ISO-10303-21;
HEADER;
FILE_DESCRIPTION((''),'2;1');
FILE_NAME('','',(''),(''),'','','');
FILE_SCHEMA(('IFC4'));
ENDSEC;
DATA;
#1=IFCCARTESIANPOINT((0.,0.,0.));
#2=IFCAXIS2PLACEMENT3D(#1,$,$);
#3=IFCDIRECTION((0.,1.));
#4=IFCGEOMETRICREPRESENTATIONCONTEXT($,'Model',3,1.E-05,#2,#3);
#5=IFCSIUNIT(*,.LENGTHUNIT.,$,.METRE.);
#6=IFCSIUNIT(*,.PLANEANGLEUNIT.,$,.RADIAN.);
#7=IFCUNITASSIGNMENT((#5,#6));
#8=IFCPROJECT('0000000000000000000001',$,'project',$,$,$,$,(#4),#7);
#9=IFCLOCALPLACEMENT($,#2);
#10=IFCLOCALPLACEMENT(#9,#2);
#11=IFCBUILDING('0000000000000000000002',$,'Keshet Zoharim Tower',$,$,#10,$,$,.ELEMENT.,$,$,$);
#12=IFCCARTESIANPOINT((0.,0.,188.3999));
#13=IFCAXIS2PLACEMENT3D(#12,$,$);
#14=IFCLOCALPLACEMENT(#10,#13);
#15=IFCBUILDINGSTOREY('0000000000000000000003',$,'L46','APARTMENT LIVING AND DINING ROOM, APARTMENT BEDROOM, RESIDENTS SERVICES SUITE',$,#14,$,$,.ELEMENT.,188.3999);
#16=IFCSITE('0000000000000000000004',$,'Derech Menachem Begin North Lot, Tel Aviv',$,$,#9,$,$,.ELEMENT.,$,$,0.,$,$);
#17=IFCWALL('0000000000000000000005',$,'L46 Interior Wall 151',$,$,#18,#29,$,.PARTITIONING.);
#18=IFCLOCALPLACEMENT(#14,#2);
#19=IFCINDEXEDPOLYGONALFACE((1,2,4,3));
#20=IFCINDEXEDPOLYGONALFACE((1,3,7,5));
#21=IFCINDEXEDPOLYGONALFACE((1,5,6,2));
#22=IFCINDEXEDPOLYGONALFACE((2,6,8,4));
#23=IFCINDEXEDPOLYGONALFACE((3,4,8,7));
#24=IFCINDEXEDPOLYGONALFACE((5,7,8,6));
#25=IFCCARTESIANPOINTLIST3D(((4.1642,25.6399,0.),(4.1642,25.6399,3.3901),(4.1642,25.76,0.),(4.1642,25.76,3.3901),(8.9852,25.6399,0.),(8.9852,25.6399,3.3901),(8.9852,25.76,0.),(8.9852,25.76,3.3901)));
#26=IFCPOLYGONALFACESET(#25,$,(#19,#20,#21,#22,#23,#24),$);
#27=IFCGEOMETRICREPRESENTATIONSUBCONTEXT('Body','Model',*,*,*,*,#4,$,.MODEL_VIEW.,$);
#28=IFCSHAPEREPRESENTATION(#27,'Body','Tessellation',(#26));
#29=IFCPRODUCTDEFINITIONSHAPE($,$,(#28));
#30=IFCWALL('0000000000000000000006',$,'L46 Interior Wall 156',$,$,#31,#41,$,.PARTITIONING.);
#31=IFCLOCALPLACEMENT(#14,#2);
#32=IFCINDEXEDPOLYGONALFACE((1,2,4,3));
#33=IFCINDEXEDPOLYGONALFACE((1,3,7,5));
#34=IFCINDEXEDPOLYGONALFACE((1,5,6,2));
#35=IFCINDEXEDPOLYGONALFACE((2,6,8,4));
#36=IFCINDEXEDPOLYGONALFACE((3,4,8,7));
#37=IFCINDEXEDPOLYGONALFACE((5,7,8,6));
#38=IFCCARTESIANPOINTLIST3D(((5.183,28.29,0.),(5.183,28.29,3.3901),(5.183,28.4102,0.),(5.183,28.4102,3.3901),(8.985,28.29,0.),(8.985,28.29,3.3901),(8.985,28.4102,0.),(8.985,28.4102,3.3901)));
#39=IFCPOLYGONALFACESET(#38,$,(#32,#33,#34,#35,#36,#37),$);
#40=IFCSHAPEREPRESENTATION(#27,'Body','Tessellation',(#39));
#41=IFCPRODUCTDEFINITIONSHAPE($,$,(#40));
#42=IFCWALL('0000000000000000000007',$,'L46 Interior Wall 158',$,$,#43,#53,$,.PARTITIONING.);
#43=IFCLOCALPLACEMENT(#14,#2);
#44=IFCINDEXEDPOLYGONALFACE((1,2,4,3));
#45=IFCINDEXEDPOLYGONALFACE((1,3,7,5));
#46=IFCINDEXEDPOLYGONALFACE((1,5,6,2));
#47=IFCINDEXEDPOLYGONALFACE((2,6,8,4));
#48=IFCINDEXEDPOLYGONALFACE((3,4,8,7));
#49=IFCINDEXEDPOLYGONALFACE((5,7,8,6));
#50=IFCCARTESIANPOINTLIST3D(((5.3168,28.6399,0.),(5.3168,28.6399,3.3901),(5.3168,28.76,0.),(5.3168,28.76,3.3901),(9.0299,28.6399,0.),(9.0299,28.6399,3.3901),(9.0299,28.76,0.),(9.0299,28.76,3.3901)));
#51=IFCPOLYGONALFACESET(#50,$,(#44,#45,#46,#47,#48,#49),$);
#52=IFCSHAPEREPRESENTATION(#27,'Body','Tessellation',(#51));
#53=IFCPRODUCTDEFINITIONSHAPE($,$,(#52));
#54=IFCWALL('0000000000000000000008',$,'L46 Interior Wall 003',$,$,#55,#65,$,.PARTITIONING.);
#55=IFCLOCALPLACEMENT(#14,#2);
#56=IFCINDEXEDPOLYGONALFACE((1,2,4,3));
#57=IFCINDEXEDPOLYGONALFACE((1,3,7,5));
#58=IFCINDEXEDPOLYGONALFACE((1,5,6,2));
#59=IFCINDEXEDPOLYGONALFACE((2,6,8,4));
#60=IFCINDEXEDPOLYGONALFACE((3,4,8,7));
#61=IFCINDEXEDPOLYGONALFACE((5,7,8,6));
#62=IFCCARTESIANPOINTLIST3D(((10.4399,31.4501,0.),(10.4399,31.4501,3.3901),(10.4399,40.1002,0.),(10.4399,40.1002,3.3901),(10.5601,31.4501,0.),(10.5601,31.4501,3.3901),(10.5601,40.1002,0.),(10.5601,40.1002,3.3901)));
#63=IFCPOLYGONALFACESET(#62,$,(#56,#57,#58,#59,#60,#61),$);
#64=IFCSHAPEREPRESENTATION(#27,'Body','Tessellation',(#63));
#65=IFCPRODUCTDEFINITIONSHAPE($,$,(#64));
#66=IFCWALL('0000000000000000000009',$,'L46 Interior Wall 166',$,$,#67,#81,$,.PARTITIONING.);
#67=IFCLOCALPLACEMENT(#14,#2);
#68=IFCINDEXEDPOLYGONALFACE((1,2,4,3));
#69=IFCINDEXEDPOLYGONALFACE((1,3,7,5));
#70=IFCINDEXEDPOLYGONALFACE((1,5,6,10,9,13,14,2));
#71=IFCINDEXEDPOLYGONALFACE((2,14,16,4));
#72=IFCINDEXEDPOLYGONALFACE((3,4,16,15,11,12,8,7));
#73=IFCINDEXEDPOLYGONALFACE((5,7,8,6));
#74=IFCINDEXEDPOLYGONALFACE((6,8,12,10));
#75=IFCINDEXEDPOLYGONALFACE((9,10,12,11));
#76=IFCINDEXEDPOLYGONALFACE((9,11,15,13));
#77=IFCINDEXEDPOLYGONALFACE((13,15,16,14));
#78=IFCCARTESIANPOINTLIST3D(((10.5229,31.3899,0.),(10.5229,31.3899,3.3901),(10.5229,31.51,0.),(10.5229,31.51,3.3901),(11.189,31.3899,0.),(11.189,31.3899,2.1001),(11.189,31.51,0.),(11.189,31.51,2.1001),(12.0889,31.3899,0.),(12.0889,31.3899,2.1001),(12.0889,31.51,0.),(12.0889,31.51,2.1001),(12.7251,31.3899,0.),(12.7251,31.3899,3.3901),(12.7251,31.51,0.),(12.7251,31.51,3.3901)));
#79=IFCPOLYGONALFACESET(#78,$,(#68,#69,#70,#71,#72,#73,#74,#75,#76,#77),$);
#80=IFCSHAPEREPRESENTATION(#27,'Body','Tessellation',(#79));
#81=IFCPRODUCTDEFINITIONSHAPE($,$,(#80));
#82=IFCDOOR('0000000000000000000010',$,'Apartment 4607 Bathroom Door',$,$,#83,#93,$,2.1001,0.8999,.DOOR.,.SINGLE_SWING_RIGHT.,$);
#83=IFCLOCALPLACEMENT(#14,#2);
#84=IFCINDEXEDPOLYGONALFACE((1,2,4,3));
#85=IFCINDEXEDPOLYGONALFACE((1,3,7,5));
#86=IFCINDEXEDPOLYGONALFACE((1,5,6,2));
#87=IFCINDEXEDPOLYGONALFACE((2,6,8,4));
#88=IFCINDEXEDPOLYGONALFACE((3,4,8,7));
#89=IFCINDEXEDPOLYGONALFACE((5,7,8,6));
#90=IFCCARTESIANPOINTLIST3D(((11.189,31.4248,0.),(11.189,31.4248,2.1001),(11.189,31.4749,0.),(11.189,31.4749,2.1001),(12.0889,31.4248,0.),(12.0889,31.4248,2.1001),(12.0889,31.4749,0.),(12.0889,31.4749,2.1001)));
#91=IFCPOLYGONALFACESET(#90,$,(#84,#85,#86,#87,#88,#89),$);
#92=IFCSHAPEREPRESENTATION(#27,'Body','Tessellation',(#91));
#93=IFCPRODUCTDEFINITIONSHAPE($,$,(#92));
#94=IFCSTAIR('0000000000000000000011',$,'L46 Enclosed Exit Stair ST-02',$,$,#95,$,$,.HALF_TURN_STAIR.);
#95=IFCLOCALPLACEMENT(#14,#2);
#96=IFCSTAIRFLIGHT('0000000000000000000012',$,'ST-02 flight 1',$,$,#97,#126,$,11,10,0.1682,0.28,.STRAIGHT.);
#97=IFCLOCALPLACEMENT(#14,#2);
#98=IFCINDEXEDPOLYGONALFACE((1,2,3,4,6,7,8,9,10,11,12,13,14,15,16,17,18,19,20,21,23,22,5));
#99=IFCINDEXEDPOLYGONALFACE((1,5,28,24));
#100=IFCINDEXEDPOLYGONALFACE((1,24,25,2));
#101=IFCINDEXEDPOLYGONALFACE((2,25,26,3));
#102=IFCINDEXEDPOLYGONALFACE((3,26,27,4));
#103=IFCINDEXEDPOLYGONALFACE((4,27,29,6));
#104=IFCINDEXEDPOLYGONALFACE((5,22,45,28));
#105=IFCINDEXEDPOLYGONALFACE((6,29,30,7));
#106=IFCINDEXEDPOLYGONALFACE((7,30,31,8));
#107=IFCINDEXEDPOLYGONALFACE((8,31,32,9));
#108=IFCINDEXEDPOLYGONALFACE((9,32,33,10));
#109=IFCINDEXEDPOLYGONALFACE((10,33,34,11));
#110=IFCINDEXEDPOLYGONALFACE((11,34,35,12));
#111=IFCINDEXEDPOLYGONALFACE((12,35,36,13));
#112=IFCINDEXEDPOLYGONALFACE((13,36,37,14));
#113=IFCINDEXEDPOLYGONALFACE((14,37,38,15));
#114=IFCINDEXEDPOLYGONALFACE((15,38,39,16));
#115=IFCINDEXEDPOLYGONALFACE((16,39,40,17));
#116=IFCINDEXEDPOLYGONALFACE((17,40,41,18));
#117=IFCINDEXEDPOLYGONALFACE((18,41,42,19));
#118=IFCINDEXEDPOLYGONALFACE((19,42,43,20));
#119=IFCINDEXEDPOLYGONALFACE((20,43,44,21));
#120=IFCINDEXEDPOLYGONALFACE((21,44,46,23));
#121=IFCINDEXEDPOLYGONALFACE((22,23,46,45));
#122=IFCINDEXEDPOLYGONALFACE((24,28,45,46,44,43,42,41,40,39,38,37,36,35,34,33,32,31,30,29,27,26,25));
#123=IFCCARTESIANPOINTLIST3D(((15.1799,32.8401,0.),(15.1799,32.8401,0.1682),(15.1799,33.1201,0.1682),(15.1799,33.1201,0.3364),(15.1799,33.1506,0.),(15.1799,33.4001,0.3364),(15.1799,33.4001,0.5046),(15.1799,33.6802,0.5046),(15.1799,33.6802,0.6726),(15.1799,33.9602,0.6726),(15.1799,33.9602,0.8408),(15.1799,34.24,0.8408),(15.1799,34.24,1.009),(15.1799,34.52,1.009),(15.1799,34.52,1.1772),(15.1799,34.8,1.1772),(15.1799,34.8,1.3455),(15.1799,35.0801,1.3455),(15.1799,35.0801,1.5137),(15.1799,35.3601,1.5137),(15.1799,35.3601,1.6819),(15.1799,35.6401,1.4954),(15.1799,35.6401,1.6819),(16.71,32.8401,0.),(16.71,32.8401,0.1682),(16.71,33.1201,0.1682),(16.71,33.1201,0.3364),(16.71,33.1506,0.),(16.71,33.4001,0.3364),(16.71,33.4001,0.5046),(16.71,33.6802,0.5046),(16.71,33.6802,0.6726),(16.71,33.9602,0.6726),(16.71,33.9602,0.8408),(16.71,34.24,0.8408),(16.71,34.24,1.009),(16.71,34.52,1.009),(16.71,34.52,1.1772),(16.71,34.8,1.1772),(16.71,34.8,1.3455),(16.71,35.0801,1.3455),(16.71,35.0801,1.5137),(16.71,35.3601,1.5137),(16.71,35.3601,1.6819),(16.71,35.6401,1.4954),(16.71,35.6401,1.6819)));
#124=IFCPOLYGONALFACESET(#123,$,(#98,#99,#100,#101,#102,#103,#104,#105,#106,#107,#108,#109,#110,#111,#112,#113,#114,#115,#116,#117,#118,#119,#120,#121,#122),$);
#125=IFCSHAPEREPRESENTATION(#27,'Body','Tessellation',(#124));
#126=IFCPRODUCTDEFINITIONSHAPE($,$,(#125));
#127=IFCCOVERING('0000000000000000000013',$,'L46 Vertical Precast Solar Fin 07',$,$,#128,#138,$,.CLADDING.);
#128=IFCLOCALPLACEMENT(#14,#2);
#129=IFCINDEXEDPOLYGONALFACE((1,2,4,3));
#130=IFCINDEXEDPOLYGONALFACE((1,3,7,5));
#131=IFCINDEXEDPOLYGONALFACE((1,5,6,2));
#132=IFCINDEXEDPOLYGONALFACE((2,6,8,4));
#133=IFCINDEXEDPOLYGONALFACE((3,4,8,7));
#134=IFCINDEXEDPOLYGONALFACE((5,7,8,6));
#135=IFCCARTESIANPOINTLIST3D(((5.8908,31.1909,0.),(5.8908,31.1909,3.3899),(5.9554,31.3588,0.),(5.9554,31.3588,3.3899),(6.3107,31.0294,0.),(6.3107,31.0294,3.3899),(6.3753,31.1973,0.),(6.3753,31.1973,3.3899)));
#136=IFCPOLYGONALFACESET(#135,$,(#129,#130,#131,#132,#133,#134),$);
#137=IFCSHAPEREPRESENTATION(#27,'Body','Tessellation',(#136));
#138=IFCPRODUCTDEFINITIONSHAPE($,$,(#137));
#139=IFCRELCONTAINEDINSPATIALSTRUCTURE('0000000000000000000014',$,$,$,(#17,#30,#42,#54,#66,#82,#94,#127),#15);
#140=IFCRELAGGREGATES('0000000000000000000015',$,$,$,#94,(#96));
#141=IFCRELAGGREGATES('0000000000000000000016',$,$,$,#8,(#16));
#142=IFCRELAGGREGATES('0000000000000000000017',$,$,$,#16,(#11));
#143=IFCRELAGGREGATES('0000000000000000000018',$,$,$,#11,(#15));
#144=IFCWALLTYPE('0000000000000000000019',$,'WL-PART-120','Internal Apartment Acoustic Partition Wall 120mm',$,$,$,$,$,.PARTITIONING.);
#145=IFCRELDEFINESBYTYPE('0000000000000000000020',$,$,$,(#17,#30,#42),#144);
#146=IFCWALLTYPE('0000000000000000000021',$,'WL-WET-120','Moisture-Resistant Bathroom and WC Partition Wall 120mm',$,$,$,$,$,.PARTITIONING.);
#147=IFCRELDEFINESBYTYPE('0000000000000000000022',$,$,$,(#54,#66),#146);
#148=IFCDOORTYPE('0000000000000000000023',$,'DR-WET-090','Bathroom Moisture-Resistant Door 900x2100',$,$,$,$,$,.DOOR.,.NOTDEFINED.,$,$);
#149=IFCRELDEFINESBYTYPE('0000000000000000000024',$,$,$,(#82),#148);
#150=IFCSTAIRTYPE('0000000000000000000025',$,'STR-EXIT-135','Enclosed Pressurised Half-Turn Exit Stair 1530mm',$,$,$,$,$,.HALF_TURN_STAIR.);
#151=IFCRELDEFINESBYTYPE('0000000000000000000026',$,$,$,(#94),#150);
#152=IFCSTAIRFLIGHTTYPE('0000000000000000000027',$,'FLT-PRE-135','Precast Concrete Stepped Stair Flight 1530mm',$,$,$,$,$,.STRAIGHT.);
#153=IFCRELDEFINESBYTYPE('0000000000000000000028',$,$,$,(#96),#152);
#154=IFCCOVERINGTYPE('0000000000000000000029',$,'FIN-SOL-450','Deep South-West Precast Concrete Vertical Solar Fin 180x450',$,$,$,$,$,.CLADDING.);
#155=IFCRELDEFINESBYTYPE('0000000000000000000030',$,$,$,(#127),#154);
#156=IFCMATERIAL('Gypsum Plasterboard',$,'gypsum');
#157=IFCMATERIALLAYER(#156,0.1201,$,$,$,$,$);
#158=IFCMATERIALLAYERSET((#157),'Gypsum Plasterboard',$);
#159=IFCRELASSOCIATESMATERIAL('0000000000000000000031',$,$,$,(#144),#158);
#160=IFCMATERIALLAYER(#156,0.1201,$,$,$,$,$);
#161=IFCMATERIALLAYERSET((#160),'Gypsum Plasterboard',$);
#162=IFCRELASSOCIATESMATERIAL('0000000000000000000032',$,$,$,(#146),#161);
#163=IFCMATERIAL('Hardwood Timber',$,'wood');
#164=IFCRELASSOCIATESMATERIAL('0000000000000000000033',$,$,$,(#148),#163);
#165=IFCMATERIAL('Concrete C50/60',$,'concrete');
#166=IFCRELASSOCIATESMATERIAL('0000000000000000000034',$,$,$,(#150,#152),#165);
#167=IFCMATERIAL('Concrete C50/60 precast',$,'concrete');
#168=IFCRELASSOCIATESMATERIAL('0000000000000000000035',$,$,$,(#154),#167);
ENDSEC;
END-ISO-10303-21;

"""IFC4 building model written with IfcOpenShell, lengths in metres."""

from ifc_helpers import new_model, si_unit, direction, frame, frame_2d, origin, origin_2d, place, context, subcontext, project, spatial, polyline, rectangle, outline, extrude, material, layer, layer_set, type_object, element, fill, aggregate, save


model = new_model("IFC4")

# Units and contexts
model_context = context("Model", 3, precision=1e-05, world=origin(), true_north=direction((0.0, 1.0)))
body_context = subcontext(model_context, "Body", "Model", "MODEL_VIEW")
ifc_project = project(units=[si_unit("LENGTHUNIT", "METRE"), si_unit("PLANEANGLEUNIT", "RADIAN")], contexts=[model_context])

# Site, building, storey
site_placement = place(None, origin())
site = spatial("IfcSite", under=ifc_project, at=site_placement, Name="Derech Menachem Begin North Lot, Tel Aviv", CompositionType="ELEMENT", RefElevation=0.0)
building_placement = place(site_placement, origin())
building = spatial("IfcBuilding", under=site, at=building_placement, Name="Keshet Zoharim Tower", CompositionType="ELEMENT")
storey_placement = place(building_placement, frame((0.0, 0.0, 188.3999)))
storey = spatial("IfcBuildingStorey", under=building, at=storey_placement, Name="L46", Description="APARTMENT LIVING AND DINING ROOM, APARTMENT BEDROOM, RESIDENTS SERVICES SUITE", CompositionType="ELEMENT", Elevation=188.3999)

# Shared definitions
ifc_material_1 = material(Name="Hardwood Timber", Category="wood")

# Shared definitions
ifc_material_2 = material(Name="Gypsum Plasterboard", Category="gypsum")

# Shared definitions
ifc_layer_1 = layer(ifc_material_2, 0.1201)
ifc_layer_set_1 = layer_set([ifc_layer_1], Name="Gypsum Plasterboard")
wall_type_1 = type_object("IfcWallType", Name="WL-PART-120", Description="Internal Apartment Acoustic Partition Wall 120mm", PredefinedType="PARTITIONING", material=ifc_layer_set_1)

# Walls
wall_1_placement = place(storey_placement, frame((4.1641, 25.7, 0.0), z_axis=(0.0, 0.0, 1.0), x_axis=(1.0, 0.0, 0.0)))
element("IfcWall", 1, at=wall_1_placement, inside=storey, type_object=wall_type_1, Name="L46 Interior Wall 151", PredefinedType="PARTITIONING", context=body_context, shape_type="SweptSolid", body=[
    extrude(rectangle(XDim=4.821, YDim=0.1201, at=frame_2d((2.4106, 0.0))), origin(), (0.0, 0.0, 1.0), 3.3901),
])
wall_2_placement = place(storey_placement, frame((5.1831, 28.3501, 0.0), z_axis=(0.0, 0.0, 1.0), x_axis=(1.0, 0.0, 0.0)))
element("IfcWall", 2, at=wall_2_placement, inside=storey, type_object=wall_type_1, Name="L46 Interior Wall 156", PredefinedType="PARTITIONING", context=body_context, shape_type="SweptSolid", body=[
    extrude(rectangle(XDim=3.802, YDim=0.1201, at=frame_2d((1.9009, 0.0))), origin(), (0.0, 0.0, 1.0), 3.3901),
])
wall_3_placement = place(storey_placement, frame((5.3169, 28.7, 0.0), z_axis=(0.0, 0.0, 1.0), x_axis=(1.0, 0.0, 0.0)))
element("IfcWall", 3, at=wall_3_placement, inside=storey, type_object=wall_type_1, Name="L46 Interior Wall 158", PredefinedType="PARTITIONING", context=body_context, shape_type="SweptSolid", body=[
    extrude(rectangle(XDim=3.7131, YDim=0.1201, at=frame_2d((1.8564, 0.0))), origin(), (0.0, 0.0, 1.0), 3.3901),
])

# Wall
ifc_layer_2 = layer(ifc_material_2, 0.1201)
ifc_layer_set_2 = layer_set([ifc_layer_2], Name="Gypsum Plasterboard")
wall_type_2 = type_object("IfcWallType", Name="WL-WET-120", Description="Moisture-Resistant Bathroom and WC Partition Wall 120mm", PredefinedType="PARTITIONING", material=ifc_layer_set_2)
wall_4_placement = place(storey_placement, frame((10.5, 31.45, 0.0), z_axis=(0.0, 0.0, 1.0), x_axis=(0.0, 1.0, 0.0)))
element("IfcWall", 4, at=wall_4_placement, inside=storey, type_object=wall_type_2, Name="L46 Interior Wall 003", PredefinedType="PARTITIONING", context=body_context, shape_type="SweptSolid", body=[
    extrude(rectangle(XDim=8.6501, YDim=0.1201, at=frame_2d((4.3252, 0.0))), origin(), (0.0, 0.0, 1.0), 3.3901),
])

# Wall, opening, door
wall_5_placement = place(storey_placement, frame((10.5229, 31.45, 0.0), z_axis=(0.0, 0.0, 1.0), x_axis=(1.0, 0.0, 0.0)))
wall_5 = element("IfcWall", 5, at=wall_5_placement, inside=storey, type_object=wall_type_2, Name="L46 Interior Wall 166", PredefinedType="PARTITIONING", context=body_context, shape_type="SweptSolid", body=[
    extrude(rectangle(XDim=2.2021, YDim=0.1201, at=frame_2d((1.1011, 0.0))), origin(), (0.0, 0.0, 1.0), 3.3901),
])
opening_1_placement = place(wall_5_placement, frame((0.666, 0.0, 0.0)))
opening_1 = element("IfcOpeningElement", 6, at=opening_1_placement, cuts=wall_5, PredefinedType="OPENING", context=body_context, shape_type="SweptSolid", body=[
    extrude(rectangle(XDim=0.8999, YDim=2.1001, at=frame_2d((0.45, 1.05))), frame((0.0, 0.0701, 0.0), z_axis=(0.0, -1.0, 0.0), x_axis=(1.0, 0.0, 0.0)), (0.0, 0.0, 1.0), 0.1401),
])
door_type_1 = type_object("IfcDoorType", Name="DR-WET-090", Description="Bathroom Moisture-Resistant Door 900x2100", OperationType="NOTDEFINED", PredefinedType="DOOR", material=ifc_material_1)
door_1_placement = place(opening_1_placement, origin())
door_1 = element("IfcDoor", 7, at=door_1_placement, inside=storey, type_object=door_type_1, Name="Apartment 4607 Bathroom Door", OperationType="SINGLE_SWING_RIGHT", OverallHeight=2.1001, OverallWidth=0.8999, PredefinedType="DOOR", context=body_context, shape_type="SweptSolid", body=[
    extrude(rectangle(XDim=0.8999, YDim=2.1001, at=frame_2d((0.45, 1.05))), frame((0.0, 0.0249, 0.0), z_axis=(0.0, -1.0, 0.0), x_axis=(1.0, 0.0, 0.0)), (0.0, 0.0, 1.0), 0.05),
])
fill(opening_1, door_1)

# Stair, stair flight
ifc_material_3 = material(Name="Concrete C50/60", Category="concrete")
stair_type = type_object("IfcStairType", Name="STR-EXIT-135", Description="Enclosed Pressurised Half-Turn Exit Stair 1530mm", PredefinedType="HALF_TURN_STAIR", material=ifc_material_3)
stair_placement = place(storey_placement, origin())
stair = element("IfcStair", 8, at=stair_placement, inside=storey, type_object=stair_type, Name="L46 Enclosed Exit Stair ST-02", PredefinedType="HALF_TURN_STAIR")
stair_flight_type = type_object("IfcStairFlightType", Name="FLT-PRE-135", Description="Precast Concrete Stepped Stair Flight 1530mm", PredefinedType="STRAIGHT", material=ifc_material_3)
stair_flight_placement = place(storey_placement, frame((15.9451, 32.8401, 0.0), z_axis=(0.0, 0.0, 1.0), x_axis=(0.0, 1.0, 0.0)))
stair_flight = element("IfcStairFlight", 9, at=stair_flight_placement, type_object=stair_flight_type, Name="ST-02 flight 1", NumberOfRisers=11, NumberOfTreads=10, PredefinedType="STRAIGHT", RiserHeight=0.1682, TreadLength=0.28, context=body_context, shape_type="SweptSolid", body=[
    extrude(outline(polyline([(0.0, 0.0), (0.0, 0.1682), (0.28, 0.1682), (0.28, 0.3364), (0.5601, 0.3364), (0.5601, 0.5046), (0.8401, 0.5046), (0.8401, 0.6726), (1.1201, 0.6726), (1.1201, 0.8408), (1.3999, 0.8408), (1.3999, 1.009), (1.6799, 1.009), (1.6799, 1.1772), (1.96, 1.1772), (1.96, 1.3455), (2.24, 1.3455), (2.24, 1.5137), (2.52, 1.5137), (2.52, 1.6819), (2.8, 1.6819), (2.8, 1.8501), (2.8, 1.4954), (0.3105, 0.0), (0.0, 0.0)])), frame((0.0, 0.7651, 0.0), z_axis=(0.0, -1.0, 0.0), x_axis=(1.0, 0.0, 0.0)), (0.0, 0.0, 1.0), 1.53),
])
aggregate(stair, [stair_flight])

# Covering
ifc_material_4 = material(Name="Concrete C50/60 precast", Category="concrete")
covering_type = type_object("IfcCoveringType", Name="FIN-SOL-450", Description="Deep South-West Precast Concrete Vertical Solar Fin 180x450", PredefinedType="CLADDING", material=ifc_material_4)
covering_placement = place(storey_placement, frame((6.1331, 31.1941, 0.0), z_axis=(0.0, 0.0, 1.0), x_axis=(0.35899, 0.933341, 0.0)))
element("IfcCovering", 10, at=covering_placement, inside=storey, type_object=covering_type, Name="L46 Vertical Precast Solar Fin 07", PredefinedType="CLADDING", context=body_context, shape_type="SweptSolid", body=[
    extrude(rectangle(XDim=0.1799, YDim=0.45, at=origin_2d()), origin(), (0.0, 0.0, 1.0), 3.3899),
])

save(model, "model.ifc")
